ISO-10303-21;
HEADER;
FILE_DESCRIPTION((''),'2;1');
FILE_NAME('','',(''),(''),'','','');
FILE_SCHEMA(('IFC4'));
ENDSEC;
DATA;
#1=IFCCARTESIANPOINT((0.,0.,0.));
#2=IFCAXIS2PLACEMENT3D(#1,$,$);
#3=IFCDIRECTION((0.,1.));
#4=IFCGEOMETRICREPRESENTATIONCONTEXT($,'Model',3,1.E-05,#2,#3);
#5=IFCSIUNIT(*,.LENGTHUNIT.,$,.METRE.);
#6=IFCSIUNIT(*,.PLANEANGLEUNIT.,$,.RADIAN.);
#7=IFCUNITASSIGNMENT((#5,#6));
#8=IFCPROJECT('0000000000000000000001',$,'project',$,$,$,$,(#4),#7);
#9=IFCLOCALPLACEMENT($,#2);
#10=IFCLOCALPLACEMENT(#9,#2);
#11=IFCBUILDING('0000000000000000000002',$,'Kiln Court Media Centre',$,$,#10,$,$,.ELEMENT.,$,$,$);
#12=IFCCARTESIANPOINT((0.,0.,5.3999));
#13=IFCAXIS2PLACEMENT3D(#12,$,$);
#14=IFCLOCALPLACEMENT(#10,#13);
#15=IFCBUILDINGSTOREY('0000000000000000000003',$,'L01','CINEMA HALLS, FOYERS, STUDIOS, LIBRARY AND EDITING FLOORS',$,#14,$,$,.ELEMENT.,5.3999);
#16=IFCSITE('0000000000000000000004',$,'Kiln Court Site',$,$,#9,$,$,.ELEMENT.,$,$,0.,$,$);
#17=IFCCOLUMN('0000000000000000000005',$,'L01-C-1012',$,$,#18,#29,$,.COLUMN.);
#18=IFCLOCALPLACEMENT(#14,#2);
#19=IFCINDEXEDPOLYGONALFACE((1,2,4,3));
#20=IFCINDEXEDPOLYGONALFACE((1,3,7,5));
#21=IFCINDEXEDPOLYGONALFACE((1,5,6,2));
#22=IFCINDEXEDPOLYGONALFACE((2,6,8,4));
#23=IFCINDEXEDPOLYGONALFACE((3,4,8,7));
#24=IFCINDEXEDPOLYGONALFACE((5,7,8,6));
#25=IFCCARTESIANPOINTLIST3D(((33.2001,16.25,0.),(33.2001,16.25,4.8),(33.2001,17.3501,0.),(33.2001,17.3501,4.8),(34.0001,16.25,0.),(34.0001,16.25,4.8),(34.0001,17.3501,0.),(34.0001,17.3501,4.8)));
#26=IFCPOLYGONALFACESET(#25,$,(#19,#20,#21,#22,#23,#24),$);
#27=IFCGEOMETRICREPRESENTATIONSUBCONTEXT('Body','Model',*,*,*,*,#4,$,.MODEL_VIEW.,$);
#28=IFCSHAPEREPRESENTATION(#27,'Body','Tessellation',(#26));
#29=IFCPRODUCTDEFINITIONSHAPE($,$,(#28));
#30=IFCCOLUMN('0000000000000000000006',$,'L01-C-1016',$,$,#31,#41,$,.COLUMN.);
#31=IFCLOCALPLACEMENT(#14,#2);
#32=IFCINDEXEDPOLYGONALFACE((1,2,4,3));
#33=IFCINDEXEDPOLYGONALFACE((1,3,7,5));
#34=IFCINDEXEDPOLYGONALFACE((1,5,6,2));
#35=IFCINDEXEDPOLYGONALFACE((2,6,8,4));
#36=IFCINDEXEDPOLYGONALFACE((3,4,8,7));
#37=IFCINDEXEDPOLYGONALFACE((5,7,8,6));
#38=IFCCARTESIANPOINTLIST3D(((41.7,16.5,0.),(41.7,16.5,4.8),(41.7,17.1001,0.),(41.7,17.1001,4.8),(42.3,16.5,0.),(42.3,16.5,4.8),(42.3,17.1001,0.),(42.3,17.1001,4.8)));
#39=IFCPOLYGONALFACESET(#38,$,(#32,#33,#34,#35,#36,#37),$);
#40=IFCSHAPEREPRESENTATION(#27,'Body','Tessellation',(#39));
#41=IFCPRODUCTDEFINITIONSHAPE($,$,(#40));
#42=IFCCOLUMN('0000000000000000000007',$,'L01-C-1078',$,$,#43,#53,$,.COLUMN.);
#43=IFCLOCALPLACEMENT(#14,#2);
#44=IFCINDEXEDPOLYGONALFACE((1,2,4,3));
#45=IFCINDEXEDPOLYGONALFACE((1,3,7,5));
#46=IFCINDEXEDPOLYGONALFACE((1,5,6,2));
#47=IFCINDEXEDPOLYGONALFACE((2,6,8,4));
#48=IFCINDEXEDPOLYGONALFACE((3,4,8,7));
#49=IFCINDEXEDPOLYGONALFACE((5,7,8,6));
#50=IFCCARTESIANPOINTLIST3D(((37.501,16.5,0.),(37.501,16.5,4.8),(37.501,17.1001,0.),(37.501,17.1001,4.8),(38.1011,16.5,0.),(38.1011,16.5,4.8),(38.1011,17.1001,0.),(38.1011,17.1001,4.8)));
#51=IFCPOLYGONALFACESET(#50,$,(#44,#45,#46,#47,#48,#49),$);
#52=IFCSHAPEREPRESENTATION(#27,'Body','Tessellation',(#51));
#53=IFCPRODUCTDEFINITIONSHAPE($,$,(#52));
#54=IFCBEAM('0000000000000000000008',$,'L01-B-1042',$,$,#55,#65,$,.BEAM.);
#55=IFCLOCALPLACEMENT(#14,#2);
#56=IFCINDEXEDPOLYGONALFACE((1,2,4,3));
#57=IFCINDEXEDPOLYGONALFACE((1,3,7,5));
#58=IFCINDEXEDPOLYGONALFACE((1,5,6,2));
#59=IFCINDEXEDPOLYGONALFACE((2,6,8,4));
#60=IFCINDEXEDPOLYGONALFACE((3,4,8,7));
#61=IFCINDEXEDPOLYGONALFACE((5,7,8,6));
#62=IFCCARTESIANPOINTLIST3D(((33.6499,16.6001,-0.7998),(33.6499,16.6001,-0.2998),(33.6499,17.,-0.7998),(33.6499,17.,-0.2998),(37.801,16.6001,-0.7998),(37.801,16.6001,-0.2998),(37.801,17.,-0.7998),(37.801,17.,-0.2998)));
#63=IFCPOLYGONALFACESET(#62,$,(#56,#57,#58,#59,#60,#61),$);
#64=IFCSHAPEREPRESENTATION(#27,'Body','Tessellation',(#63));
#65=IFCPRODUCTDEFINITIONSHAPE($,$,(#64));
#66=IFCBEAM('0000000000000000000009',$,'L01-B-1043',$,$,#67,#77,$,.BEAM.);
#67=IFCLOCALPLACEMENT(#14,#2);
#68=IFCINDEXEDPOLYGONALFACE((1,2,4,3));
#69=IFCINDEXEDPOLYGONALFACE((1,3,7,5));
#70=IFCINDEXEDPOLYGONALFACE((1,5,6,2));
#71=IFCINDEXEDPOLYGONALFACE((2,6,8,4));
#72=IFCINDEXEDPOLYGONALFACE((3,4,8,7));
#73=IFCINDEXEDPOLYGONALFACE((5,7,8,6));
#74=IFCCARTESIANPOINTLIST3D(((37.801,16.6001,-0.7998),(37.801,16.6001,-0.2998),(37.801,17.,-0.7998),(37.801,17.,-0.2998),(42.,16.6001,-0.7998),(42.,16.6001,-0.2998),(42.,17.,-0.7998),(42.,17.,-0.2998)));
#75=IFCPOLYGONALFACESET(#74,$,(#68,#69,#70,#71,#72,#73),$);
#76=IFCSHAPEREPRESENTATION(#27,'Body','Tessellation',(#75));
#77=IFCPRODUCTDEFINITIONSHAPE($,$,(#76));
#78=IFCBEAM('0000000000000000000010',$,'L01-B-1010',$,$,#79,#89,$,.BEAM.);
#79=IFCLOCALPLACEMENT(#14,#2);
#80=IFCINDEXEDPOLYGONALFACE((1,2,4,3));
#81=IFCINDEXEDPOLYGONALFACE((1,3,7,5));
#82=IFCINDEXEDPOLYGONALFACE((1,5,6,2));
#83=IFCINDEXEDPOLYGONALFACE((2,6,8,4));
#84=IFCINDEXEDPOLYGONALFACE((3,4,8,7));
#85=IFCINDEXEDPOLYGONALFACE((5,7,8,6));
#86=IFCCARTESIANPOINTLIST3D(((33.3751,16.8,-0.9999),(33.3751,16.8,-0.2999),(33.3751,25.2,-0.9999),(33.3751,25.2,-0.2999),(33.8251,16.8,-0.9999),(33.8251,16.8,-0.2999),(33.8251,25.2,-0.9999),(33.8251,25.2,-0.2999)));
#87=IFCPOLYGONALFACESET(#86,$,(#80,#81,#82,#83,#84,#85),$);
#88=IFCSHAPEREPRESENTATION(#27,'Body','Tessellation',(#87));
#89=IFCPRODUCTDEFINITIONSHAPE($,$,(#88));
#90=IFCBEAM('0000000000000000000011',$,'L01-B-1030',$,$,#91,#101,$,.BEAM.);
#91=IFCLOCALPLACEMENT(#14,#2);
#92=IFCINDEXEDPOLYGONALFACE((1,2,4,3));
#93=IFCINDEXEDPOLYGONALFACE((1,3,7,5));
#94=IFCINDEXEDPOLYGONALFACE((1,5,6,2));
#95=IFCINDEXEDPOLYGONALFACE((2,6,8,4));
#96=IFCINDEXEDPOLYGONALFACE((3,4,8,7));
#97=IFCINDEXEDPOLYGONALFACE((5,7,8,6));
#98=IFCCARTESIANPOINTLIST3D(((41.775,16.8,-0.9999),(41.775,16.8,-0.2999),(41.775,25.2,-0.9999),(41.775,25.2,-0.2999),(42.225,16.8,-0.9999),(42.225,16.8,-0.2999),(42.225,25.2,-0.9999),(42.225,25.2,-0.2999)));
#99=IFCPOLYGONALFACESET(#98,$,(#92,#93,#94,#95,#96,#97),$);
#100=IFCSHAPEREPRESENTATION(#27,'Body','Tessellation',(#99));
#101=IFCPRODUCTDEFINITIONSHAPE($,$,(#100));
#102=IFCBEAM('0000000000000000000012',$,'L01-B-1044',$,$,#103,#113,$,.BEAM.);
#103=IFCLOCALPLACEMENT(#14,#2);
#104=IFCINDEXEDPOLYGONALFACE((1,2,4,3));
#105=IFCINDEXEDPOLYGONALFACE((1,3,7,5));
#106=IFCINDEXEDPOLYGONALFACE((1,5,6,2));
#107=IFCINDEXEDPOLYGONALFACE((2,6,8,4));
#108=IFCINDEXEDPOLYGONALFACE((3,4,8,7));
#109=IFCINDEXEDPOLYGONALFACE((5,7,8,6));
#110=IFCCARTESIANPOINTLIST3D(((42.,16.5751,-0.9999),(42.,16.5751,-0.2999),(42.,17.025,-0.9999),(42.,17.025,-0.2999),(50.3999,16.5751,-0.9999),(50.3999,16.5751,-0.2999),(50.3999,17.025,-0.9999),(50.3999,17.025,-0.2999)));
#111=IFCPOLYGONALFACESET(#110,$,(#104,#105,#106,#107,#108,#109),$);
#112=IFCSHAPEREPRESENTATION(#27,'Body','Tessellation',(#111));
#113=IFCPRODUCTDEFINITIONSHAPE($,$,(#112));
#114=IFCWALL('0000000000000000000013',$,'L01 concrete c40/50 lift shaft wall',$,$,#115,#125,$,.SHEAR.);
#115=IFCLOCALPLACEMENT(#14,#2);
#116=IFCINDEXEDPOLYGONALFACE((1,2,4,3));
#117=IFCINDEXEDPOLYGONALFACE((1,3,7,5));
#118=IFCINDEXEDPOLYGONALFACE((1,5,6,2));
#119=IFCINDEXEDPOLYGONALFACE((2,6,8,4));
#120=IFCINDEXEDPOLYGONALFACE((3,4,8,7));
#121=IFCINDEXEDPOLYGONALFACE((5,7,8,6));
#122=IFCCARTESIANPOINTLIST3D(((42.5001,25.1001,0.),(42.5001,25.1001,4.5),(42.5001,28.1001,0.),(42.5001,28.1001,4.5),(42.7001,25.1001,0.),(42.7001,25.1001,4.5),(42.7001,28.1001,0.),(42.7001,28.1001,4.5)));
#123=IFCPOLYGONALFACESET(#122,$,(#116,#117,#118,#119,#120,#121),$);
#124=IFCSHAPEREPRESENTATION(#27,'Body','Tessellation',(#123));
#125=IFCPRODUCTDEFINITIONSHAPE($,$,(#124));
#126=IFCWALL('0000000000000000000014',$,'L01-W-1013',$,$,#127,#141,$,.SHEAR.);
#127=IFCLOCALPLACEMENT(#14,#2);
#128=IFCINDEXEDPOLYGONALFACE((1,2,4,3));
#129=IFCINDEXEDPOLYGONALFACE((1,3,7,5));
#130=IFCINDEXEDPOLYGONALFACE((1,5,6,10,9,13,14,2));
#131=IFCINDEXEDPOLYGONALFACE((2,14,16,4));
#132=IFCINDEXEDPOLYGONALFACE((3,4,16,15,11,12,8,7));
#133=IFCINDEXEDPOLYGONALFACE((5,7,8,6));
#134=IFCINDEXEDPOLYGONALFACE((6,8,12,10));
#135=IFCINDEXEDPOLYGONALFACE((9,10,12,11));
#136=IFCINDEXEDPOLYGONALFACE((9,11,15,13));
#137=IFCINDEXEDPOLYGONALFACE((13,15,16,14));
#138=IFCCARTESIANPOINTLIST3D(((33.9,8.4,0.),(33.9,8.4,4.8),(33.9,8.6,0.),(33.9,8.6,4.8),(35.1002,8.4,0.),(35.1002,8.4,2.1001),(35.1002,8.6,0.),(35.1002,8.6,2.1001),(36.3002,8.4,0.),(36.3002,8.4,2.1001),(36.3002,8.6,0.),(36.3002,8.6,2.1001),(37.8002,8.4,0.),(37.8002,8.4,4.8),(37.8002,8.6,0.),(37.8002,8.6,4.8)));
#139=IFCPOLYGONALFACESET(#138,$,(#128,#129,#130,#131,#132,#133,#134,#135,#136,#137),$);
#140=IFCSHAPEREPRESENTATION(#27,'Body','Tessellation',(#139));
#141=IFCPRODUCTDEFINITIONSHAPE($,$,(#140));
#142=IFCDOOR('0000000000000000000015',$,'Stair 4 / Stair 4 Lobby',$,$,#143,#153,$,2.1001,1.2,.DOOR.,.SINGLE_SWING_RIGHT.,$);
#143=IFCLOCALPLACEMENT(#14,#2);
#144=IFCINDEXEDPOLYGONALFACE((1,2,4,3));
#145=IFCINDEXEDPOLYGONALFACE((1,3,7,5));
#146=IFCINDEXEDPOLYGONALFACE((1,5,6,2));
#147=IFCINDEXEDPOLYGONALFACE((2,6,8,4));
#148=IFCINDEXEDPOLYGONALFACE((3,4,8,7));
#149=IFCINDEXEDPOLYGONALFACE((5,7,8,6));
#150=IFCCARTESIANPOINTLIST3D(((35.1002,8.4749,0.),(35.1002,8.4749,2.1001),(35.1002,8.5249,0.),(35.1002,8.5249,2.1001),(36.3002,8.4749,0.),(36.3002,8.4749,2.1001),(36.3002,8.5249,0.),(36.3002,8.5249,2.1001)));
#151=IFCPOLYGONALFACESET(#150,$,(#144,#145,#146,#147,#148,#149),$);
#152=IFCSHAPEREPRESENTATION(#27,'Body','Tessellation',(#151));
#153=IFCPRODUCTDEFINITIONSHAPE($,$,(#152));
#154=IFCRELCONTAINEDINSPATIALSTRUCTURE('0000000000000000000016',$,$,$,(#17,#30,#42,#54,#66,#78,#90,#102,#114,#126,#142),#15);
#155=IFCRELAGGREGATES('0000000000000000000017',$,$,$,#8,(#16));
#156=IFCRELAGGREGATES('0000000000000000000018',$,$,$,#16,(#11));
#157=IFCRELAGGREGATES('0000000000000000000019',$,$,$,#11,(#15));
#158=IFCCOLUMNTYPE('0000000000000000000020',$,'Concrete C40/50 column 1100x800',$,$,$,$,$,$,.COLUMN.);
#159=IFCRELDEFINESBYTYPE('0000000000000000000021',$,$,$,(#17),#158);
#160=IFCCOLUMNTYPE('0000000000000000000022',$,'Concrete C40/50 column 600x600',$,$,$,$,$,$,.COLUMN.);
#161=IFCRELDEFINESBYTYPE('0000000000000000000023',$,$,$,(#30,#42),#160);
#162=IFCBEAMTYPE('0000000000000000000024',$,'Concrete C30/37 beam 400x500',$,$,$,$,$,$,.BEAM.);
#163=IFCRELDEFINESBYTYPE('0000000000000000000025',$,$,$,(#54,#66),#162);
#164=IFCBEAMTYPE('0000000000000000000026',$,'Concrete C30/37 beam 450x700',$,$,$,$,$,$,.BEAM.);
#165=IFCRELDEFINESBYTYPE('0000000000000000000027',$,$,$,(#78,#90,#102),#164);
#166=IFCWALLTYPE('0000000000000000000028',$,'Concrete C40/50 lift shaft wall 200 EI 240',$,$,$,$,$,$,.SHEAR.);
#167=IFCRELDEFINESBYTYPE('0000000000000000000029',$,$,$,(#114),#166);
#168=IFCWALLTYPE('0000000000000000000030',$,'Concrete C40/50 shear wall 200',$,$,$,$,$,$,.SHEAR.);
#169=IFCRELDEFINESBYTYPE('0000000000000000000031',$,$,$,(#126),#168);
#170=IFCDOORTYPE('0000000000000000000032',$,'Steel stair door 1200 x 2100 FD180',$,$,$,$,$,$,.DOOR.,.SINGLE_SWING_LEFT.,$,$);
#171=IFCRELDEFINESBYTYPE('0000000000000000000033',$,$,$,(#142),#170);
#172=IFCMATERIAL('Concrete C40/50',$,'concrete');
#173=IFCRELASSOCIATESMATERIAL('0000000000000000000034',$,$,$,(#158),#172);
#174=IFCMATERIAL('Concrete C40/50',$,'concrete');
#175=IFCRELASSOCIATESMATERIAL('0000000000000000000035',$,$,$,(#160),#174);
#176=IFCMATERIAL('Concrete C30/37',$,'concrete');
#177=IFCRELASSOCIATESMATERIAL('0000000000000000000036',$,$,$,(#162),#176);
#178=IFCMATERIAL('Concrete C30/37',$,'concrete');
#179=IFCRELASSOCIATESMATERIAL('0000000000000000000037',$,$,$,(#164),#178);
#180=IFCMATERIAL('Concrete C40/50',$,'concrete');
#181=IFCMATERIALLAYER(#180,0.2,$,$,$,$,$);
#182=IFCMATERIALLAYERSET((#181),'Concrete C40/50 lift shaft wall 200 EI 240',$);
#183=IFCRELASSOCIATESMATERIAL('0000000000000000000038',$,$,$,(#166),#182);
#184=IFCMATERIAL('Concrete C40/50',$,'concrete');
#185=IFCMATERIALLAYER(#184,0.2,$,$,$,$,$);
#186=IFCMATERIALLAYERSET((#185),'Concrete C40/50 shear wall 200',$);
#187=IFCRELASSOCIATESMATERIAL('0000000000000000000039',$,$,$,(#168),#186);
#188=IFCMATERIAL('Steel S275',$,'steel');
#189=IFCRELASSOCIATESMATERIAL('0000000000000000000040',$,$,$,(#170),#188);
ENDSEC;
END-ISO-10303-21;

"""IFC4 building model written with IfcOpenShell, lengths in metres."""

from ifc_helpers import new_model, si_unit, direction, frame, frame_2d, origin, origin_2d, place, context, subcontext, project, spatial, rectangle, extrude, material, layer, layer_set, material_profile, profile_set, type_object, element, fill, save


model = new_model("IFC4")

# Units and contexts
model_context = context("Model", 3, precision=1e-05, world=origin(), true_north=direction((0.0, 1.0)))
body_context = subcontext(model_context, "Body", "Model", "MODEL_VIEW")
ifc_project = project(units=[si_unit("LENGTHUNIT", "METRE"), si_unit("PLANEANGLEUNIT", "RADIAN")], contexts=[model_context])

# Site, building, storey
site_placement = place(None, origin())
site = spatial("IfcSite", under=ifc_project, at=site_placement, Name="Kiln Court Site", CompositionType="ELEMENT", RefElevation=0.0)
building_placement = place(site_placement, origin())
building = spatial("IfcBuilding", under=site, at=building_placement, Name="Kiln Court Media Centre", CompositionType="ELEMENT")
storey_placement = place(building_placement, frame((0.0, 0.0, 5.3999)))
storey = spatial("IfcBuildingStorey", under=building, at=storey_placement, Name="L01", Description="CINEMA HALLS, FOYERS, STUDIOS, LIBRARY AND EDITING FLOORS", CompositionType="ELEMENT", Elevation=5.3999)

# Columns
ifc_material_1 = material(Name="Concrete C40/50", Category="concrete")
ifc_material_profile_1 = material_profile(ifc_material_1, rectangle(XDim=1.1001, YDim=0.8, at=origin_2d()), Name="RC 1100x800")
ifc_profile_set_1 = profile_set([ifc_material_profile_1], Name="Concrete C40/50")
column_type_1 = type_object("IfcColumnType", Name="Concrete C40/50 column 1100x800", PredefinedType="COLUMN", material=ifc_profile_set_1)
column_placement = place(storey_placement, frame((33.6001, 16.8, 0.0), z_axis=(0.0, 0.0, 1.0), x_axis=(0.0, 1.0, 0.0)))
element("IfcColumn", 1, at=column_placement, inside=storey, type_object=column_type_1, Name="L01-C-1012", PredefinedType="COLUMN", context=body_context, shape_type="SweptSolid", body=[
    extrude(rectangle(XDim=1.1001, YDim=0.8, at=origin_2d()), origin(), (0.0, 0.0, 1.0), 4.8),
])
ifc_material_2 = material(Name="Concrete C40/50", Category="concrete")
ifc_material_profile_2 = material_profile(ifc_material_2, rectangle(XDim=0.6001, YDim=0.6001, at=origin_2d()), Name="RC 600x600")
ifc_profile_set_2 = profile_set([ifc_material_profile_2], Name="Concrete C40/50")
column_type_2 = type_object("IfcColumnType", Name="Concrete C40/50 column 600x600", PredefinedType="COLUMN", material=ifc_profile_set_2)
for number, where, z_axis, x_axis, name in (
    (2, (42.0, 16.8, 0.0), (0.0, 0.0, 1.0), (1.0, 0.0, 0.0), "L01-C-1016"),
    (3, (37.801, 16.8, 0.0), (0.0, 0.0, 1.0), (1.0, 0.0, 0.0), "L01-C-1078"),
):
    element("IfcColumn", number, at=place(storey_placement, frame(where, z_axis=z_axis, x_axis=x_axis)), inside=storey, type_object=column_type_2, Name=name, PredefinedType="COLUMN", context=body_context, shape_type="SweptSolid", body=[
        extrude(rectangle(XDim=0.6001, YDim=0.6001, at=origin_2d()), origin(), (0.0, 0.0, 1.0), 4.8),
    ])

# Beams
ifc_material_3 = material(Name="Concrete C30/37", Category="concrete")
ifc_material_profile_3 = material_profile(ifc_material_3, rectangle(XDim=0.3999, YDim=0.5, at=origin_2d()), Name="RC 400x500")
ifc_profile_set_3 = profile_set([ifc_material_profile_3], Name="Concrete C30/37")
beam_type_1 = type_object("IfcBeamType", Name="Concrete C30/37 beam 400x500", PredefinedType="BEAM", material=ifc_profile_set_3)
beam_1_placement = place(storey_placement, frame((33.6499, 16.8, -0.5498), z_axis=(1.0, 0.0, 0.0), x_axis=(0.0, 1.0, 0.0)))
element("IfcBeam", 4, at=beam_1_placement, inside=storey, type_object=beam_type_1, Name="L01-B-1042", PredefinedType="BEAM", context=body_context, shape_type="SweptSolid", body=[
    extrude(rectangle(XDim=0.3999, YDim=0.5, at=origin_2d()), origin(), (0.0, 0.0, 1.0), 4.1511),
])
beam_2_placement = place(storey_placement, frame((37.801, 16.8, -0.5498), z_axis=(1.0, 0.0, 0.0), x_axis=(0.0, 1.0, 0.0)))
element("IfcBeam", 5, at=beam_2_placement, inside=storey, type_object=beam_type_1, Name="L01-B-1043", PredefinedType="BEAM", context=body_context, shape_type="SweptSolid", body=[
    extrude(rectangle(XDim=0.3999, YDim=0.5, at=origin_2d()), origin(), (0.0, 0.0, 1.0), 4.199),
])
ifc_material_4 = material(Name="Concrete C30/37", Category="concrete")
ifc_material_profile_4 = material_profile(ifc_material_4, rectangle(XDim=0.45, YDim=0.7, at=origin_2d()), Name="RC 450x700")
ifc_profile_set_4 = profile_set([ifc_material_profile_4], Name="Concrete C30/37")
beam_type_2 = type_object("IfcBeamType", Name="Concrete C30/37 beam 450x700", PredefinedType="BEAM", material=ifc_profile_set_4)
for number, where, z_axis, x_axis, name in (
    (6, (33.6001, 16.8, -0.6499), (0.0, 1.0, 0.0), (-1.0, 0.0, 0.0), "L01-B-1010"),
    (7, (42.0, 16.8, -0.6499), (0.0, 1.0, 0.0), (-1.0, 0.0, 0.0), "L01-B-1030"),
    (8, (42.0, 16.8, -0.6499), (1.0, 0.0, 0.0), (0.0, 1.0, 0.0), "L01-B-1044"),
):
    element("IfcBeam", number, at=place(storey_placement, frame(where, z_axis=z_axis, x_axis=x_axis)), inside=storey, type_object=beam_type_2, Name=name, PredefinedType="BEAM", context=body_context, shape_type="SweptSolid", body=[
        extrude(rectangle(XDim=0.45, YDim=0.7, at=origin_2d()), origin(), (0.0, 0.0, 1.0), 8.3999),
    ])

# Wall
ifc_material_5 = material(Name="Concrete C40/50", Category="concrete")
ifc_layer_1 = layer(ifc_material_5, 0.2)
ifc_layer_set_1 = layer_set([ifc_layer_1], Name="Concrete C40/50 lift shaft wall 200 EI 240")
wall_type_1 = type_object("IfcWallType", Name="Concrete C40/50 lift shaft wall 200 EI 240", PredefinedType="SHEAR", material=ifc_layer_set_1)
wall_1_placement = place(storey_placement, frame((42.6001, 25.1001, 0.0), z_axis=(0.0, 0.0, 1.0), x_axis=(0.0, 1.0, 0.0)))
element("IfcWall", 9, at=wall_1_placement, inside=storey, type_object=wall_type_1, Name="L01 concrete c40/50 lift shaft wall", PredefinedType="SHEAR", context=body_context, shape_type="SweptSolid", body=[
    extrude(rectangle(XDim=3.0, YDim=0.2, at=frame_2d((1.5, 0.0))), origin(), (0.0, 0.0, 1.0), 4.5),
])

# Wall, opening, door
ifc_material_6 = material(Name="Concrete C40/50", Category="concrete")
ifc_layer_2 = layer(ifc_material_6, 0.2)
ifc_layer_set_2 = layer_set([ifc_layer_2], Name="Concrete C40/50 shear wall 200")
wall_type_2 = type_object("IfcWallType", Name="Concrete C40/50 shear wall 200", PredefinedType="SHEAR", material=ifc_layer_set_2)
wall_2_placement = place(storey_placement, frame((33.8999, 8.5, 0.0), z_axis=(0.0, 0.0, 1.0), x_axis=(1.0, 0.0, 0.0)))
wall_2 = element("IfcWall", 10, at=wall_2_placement, inside=storey, type_object=wall_type_2, Name="L01-W-1013", PredefinedType="SHEAR", context=body_context, shape_type="SweptSolid", body=[
    extrude(rectangle(XDim=3.9001, YDim=0.2, at=frame_2d((1.9502, 0.0))), origin(), (0.0, 0.0, 1.0), 4.8),
])
opening_1_placement = place(wall_2_placement, frame((1.2002, 0.0, 0.0)))
opening_1 = element("IfcOpeningElement", 11, at=opening_1_placement, cuts=wall_2, PredefinedType="OPENING", context=body_context, shape_type="SweptSolid", body=[
    extrude(rectangle(XDim=1.2, YDim=2.1001, at=frame_2d((0.6001, 1.05))), frame((0.0, 0.1099, 0.0), z_axis=(0.0, -1.0, 0.0), x_axis=(1.0, 0.0, 0.0)), (0.0, 0.0, 1.0), 0.22),
])
ifc_material_7 = material(Name="Steel S275", Category="steel")
door_type_1 = type_object("IfcDoorType", Name="Steel stair door 1200 x 2100 FD180", OperationType="SINGLE_SWING_LEFT", PredefinedType="DOOR", material=ifc_material_7)
door_1_placement = place(opening_1_placement, origin())
door_1 = element("IfcDoor", 12, at=door_1_placement, inside=storey, type_object=door_type_1, Name="Stair 4 / Stair 4 Lobby", OperationType="SINGLE_SWING_RIGHT", OverallHeight=2.1001, OverallWidth=1.2, PredefinedType="DOOR", context=body_context, shape_type="SweptSolid", body=[
    extrude(rectangle(XDim=1.2, YDim=2.1001, at=frame_2d((0.6001, 1.05))), frame((0.0, 0.0249, 0.0), z_axis=(0.0, -1.0, 0.0), x_axis=(1.0, 0.0, 0.0)), (0.0, 0.0, 1.0), 0.05),
])
fill(opening_1, door_1)

save(model, "model.ifc")
